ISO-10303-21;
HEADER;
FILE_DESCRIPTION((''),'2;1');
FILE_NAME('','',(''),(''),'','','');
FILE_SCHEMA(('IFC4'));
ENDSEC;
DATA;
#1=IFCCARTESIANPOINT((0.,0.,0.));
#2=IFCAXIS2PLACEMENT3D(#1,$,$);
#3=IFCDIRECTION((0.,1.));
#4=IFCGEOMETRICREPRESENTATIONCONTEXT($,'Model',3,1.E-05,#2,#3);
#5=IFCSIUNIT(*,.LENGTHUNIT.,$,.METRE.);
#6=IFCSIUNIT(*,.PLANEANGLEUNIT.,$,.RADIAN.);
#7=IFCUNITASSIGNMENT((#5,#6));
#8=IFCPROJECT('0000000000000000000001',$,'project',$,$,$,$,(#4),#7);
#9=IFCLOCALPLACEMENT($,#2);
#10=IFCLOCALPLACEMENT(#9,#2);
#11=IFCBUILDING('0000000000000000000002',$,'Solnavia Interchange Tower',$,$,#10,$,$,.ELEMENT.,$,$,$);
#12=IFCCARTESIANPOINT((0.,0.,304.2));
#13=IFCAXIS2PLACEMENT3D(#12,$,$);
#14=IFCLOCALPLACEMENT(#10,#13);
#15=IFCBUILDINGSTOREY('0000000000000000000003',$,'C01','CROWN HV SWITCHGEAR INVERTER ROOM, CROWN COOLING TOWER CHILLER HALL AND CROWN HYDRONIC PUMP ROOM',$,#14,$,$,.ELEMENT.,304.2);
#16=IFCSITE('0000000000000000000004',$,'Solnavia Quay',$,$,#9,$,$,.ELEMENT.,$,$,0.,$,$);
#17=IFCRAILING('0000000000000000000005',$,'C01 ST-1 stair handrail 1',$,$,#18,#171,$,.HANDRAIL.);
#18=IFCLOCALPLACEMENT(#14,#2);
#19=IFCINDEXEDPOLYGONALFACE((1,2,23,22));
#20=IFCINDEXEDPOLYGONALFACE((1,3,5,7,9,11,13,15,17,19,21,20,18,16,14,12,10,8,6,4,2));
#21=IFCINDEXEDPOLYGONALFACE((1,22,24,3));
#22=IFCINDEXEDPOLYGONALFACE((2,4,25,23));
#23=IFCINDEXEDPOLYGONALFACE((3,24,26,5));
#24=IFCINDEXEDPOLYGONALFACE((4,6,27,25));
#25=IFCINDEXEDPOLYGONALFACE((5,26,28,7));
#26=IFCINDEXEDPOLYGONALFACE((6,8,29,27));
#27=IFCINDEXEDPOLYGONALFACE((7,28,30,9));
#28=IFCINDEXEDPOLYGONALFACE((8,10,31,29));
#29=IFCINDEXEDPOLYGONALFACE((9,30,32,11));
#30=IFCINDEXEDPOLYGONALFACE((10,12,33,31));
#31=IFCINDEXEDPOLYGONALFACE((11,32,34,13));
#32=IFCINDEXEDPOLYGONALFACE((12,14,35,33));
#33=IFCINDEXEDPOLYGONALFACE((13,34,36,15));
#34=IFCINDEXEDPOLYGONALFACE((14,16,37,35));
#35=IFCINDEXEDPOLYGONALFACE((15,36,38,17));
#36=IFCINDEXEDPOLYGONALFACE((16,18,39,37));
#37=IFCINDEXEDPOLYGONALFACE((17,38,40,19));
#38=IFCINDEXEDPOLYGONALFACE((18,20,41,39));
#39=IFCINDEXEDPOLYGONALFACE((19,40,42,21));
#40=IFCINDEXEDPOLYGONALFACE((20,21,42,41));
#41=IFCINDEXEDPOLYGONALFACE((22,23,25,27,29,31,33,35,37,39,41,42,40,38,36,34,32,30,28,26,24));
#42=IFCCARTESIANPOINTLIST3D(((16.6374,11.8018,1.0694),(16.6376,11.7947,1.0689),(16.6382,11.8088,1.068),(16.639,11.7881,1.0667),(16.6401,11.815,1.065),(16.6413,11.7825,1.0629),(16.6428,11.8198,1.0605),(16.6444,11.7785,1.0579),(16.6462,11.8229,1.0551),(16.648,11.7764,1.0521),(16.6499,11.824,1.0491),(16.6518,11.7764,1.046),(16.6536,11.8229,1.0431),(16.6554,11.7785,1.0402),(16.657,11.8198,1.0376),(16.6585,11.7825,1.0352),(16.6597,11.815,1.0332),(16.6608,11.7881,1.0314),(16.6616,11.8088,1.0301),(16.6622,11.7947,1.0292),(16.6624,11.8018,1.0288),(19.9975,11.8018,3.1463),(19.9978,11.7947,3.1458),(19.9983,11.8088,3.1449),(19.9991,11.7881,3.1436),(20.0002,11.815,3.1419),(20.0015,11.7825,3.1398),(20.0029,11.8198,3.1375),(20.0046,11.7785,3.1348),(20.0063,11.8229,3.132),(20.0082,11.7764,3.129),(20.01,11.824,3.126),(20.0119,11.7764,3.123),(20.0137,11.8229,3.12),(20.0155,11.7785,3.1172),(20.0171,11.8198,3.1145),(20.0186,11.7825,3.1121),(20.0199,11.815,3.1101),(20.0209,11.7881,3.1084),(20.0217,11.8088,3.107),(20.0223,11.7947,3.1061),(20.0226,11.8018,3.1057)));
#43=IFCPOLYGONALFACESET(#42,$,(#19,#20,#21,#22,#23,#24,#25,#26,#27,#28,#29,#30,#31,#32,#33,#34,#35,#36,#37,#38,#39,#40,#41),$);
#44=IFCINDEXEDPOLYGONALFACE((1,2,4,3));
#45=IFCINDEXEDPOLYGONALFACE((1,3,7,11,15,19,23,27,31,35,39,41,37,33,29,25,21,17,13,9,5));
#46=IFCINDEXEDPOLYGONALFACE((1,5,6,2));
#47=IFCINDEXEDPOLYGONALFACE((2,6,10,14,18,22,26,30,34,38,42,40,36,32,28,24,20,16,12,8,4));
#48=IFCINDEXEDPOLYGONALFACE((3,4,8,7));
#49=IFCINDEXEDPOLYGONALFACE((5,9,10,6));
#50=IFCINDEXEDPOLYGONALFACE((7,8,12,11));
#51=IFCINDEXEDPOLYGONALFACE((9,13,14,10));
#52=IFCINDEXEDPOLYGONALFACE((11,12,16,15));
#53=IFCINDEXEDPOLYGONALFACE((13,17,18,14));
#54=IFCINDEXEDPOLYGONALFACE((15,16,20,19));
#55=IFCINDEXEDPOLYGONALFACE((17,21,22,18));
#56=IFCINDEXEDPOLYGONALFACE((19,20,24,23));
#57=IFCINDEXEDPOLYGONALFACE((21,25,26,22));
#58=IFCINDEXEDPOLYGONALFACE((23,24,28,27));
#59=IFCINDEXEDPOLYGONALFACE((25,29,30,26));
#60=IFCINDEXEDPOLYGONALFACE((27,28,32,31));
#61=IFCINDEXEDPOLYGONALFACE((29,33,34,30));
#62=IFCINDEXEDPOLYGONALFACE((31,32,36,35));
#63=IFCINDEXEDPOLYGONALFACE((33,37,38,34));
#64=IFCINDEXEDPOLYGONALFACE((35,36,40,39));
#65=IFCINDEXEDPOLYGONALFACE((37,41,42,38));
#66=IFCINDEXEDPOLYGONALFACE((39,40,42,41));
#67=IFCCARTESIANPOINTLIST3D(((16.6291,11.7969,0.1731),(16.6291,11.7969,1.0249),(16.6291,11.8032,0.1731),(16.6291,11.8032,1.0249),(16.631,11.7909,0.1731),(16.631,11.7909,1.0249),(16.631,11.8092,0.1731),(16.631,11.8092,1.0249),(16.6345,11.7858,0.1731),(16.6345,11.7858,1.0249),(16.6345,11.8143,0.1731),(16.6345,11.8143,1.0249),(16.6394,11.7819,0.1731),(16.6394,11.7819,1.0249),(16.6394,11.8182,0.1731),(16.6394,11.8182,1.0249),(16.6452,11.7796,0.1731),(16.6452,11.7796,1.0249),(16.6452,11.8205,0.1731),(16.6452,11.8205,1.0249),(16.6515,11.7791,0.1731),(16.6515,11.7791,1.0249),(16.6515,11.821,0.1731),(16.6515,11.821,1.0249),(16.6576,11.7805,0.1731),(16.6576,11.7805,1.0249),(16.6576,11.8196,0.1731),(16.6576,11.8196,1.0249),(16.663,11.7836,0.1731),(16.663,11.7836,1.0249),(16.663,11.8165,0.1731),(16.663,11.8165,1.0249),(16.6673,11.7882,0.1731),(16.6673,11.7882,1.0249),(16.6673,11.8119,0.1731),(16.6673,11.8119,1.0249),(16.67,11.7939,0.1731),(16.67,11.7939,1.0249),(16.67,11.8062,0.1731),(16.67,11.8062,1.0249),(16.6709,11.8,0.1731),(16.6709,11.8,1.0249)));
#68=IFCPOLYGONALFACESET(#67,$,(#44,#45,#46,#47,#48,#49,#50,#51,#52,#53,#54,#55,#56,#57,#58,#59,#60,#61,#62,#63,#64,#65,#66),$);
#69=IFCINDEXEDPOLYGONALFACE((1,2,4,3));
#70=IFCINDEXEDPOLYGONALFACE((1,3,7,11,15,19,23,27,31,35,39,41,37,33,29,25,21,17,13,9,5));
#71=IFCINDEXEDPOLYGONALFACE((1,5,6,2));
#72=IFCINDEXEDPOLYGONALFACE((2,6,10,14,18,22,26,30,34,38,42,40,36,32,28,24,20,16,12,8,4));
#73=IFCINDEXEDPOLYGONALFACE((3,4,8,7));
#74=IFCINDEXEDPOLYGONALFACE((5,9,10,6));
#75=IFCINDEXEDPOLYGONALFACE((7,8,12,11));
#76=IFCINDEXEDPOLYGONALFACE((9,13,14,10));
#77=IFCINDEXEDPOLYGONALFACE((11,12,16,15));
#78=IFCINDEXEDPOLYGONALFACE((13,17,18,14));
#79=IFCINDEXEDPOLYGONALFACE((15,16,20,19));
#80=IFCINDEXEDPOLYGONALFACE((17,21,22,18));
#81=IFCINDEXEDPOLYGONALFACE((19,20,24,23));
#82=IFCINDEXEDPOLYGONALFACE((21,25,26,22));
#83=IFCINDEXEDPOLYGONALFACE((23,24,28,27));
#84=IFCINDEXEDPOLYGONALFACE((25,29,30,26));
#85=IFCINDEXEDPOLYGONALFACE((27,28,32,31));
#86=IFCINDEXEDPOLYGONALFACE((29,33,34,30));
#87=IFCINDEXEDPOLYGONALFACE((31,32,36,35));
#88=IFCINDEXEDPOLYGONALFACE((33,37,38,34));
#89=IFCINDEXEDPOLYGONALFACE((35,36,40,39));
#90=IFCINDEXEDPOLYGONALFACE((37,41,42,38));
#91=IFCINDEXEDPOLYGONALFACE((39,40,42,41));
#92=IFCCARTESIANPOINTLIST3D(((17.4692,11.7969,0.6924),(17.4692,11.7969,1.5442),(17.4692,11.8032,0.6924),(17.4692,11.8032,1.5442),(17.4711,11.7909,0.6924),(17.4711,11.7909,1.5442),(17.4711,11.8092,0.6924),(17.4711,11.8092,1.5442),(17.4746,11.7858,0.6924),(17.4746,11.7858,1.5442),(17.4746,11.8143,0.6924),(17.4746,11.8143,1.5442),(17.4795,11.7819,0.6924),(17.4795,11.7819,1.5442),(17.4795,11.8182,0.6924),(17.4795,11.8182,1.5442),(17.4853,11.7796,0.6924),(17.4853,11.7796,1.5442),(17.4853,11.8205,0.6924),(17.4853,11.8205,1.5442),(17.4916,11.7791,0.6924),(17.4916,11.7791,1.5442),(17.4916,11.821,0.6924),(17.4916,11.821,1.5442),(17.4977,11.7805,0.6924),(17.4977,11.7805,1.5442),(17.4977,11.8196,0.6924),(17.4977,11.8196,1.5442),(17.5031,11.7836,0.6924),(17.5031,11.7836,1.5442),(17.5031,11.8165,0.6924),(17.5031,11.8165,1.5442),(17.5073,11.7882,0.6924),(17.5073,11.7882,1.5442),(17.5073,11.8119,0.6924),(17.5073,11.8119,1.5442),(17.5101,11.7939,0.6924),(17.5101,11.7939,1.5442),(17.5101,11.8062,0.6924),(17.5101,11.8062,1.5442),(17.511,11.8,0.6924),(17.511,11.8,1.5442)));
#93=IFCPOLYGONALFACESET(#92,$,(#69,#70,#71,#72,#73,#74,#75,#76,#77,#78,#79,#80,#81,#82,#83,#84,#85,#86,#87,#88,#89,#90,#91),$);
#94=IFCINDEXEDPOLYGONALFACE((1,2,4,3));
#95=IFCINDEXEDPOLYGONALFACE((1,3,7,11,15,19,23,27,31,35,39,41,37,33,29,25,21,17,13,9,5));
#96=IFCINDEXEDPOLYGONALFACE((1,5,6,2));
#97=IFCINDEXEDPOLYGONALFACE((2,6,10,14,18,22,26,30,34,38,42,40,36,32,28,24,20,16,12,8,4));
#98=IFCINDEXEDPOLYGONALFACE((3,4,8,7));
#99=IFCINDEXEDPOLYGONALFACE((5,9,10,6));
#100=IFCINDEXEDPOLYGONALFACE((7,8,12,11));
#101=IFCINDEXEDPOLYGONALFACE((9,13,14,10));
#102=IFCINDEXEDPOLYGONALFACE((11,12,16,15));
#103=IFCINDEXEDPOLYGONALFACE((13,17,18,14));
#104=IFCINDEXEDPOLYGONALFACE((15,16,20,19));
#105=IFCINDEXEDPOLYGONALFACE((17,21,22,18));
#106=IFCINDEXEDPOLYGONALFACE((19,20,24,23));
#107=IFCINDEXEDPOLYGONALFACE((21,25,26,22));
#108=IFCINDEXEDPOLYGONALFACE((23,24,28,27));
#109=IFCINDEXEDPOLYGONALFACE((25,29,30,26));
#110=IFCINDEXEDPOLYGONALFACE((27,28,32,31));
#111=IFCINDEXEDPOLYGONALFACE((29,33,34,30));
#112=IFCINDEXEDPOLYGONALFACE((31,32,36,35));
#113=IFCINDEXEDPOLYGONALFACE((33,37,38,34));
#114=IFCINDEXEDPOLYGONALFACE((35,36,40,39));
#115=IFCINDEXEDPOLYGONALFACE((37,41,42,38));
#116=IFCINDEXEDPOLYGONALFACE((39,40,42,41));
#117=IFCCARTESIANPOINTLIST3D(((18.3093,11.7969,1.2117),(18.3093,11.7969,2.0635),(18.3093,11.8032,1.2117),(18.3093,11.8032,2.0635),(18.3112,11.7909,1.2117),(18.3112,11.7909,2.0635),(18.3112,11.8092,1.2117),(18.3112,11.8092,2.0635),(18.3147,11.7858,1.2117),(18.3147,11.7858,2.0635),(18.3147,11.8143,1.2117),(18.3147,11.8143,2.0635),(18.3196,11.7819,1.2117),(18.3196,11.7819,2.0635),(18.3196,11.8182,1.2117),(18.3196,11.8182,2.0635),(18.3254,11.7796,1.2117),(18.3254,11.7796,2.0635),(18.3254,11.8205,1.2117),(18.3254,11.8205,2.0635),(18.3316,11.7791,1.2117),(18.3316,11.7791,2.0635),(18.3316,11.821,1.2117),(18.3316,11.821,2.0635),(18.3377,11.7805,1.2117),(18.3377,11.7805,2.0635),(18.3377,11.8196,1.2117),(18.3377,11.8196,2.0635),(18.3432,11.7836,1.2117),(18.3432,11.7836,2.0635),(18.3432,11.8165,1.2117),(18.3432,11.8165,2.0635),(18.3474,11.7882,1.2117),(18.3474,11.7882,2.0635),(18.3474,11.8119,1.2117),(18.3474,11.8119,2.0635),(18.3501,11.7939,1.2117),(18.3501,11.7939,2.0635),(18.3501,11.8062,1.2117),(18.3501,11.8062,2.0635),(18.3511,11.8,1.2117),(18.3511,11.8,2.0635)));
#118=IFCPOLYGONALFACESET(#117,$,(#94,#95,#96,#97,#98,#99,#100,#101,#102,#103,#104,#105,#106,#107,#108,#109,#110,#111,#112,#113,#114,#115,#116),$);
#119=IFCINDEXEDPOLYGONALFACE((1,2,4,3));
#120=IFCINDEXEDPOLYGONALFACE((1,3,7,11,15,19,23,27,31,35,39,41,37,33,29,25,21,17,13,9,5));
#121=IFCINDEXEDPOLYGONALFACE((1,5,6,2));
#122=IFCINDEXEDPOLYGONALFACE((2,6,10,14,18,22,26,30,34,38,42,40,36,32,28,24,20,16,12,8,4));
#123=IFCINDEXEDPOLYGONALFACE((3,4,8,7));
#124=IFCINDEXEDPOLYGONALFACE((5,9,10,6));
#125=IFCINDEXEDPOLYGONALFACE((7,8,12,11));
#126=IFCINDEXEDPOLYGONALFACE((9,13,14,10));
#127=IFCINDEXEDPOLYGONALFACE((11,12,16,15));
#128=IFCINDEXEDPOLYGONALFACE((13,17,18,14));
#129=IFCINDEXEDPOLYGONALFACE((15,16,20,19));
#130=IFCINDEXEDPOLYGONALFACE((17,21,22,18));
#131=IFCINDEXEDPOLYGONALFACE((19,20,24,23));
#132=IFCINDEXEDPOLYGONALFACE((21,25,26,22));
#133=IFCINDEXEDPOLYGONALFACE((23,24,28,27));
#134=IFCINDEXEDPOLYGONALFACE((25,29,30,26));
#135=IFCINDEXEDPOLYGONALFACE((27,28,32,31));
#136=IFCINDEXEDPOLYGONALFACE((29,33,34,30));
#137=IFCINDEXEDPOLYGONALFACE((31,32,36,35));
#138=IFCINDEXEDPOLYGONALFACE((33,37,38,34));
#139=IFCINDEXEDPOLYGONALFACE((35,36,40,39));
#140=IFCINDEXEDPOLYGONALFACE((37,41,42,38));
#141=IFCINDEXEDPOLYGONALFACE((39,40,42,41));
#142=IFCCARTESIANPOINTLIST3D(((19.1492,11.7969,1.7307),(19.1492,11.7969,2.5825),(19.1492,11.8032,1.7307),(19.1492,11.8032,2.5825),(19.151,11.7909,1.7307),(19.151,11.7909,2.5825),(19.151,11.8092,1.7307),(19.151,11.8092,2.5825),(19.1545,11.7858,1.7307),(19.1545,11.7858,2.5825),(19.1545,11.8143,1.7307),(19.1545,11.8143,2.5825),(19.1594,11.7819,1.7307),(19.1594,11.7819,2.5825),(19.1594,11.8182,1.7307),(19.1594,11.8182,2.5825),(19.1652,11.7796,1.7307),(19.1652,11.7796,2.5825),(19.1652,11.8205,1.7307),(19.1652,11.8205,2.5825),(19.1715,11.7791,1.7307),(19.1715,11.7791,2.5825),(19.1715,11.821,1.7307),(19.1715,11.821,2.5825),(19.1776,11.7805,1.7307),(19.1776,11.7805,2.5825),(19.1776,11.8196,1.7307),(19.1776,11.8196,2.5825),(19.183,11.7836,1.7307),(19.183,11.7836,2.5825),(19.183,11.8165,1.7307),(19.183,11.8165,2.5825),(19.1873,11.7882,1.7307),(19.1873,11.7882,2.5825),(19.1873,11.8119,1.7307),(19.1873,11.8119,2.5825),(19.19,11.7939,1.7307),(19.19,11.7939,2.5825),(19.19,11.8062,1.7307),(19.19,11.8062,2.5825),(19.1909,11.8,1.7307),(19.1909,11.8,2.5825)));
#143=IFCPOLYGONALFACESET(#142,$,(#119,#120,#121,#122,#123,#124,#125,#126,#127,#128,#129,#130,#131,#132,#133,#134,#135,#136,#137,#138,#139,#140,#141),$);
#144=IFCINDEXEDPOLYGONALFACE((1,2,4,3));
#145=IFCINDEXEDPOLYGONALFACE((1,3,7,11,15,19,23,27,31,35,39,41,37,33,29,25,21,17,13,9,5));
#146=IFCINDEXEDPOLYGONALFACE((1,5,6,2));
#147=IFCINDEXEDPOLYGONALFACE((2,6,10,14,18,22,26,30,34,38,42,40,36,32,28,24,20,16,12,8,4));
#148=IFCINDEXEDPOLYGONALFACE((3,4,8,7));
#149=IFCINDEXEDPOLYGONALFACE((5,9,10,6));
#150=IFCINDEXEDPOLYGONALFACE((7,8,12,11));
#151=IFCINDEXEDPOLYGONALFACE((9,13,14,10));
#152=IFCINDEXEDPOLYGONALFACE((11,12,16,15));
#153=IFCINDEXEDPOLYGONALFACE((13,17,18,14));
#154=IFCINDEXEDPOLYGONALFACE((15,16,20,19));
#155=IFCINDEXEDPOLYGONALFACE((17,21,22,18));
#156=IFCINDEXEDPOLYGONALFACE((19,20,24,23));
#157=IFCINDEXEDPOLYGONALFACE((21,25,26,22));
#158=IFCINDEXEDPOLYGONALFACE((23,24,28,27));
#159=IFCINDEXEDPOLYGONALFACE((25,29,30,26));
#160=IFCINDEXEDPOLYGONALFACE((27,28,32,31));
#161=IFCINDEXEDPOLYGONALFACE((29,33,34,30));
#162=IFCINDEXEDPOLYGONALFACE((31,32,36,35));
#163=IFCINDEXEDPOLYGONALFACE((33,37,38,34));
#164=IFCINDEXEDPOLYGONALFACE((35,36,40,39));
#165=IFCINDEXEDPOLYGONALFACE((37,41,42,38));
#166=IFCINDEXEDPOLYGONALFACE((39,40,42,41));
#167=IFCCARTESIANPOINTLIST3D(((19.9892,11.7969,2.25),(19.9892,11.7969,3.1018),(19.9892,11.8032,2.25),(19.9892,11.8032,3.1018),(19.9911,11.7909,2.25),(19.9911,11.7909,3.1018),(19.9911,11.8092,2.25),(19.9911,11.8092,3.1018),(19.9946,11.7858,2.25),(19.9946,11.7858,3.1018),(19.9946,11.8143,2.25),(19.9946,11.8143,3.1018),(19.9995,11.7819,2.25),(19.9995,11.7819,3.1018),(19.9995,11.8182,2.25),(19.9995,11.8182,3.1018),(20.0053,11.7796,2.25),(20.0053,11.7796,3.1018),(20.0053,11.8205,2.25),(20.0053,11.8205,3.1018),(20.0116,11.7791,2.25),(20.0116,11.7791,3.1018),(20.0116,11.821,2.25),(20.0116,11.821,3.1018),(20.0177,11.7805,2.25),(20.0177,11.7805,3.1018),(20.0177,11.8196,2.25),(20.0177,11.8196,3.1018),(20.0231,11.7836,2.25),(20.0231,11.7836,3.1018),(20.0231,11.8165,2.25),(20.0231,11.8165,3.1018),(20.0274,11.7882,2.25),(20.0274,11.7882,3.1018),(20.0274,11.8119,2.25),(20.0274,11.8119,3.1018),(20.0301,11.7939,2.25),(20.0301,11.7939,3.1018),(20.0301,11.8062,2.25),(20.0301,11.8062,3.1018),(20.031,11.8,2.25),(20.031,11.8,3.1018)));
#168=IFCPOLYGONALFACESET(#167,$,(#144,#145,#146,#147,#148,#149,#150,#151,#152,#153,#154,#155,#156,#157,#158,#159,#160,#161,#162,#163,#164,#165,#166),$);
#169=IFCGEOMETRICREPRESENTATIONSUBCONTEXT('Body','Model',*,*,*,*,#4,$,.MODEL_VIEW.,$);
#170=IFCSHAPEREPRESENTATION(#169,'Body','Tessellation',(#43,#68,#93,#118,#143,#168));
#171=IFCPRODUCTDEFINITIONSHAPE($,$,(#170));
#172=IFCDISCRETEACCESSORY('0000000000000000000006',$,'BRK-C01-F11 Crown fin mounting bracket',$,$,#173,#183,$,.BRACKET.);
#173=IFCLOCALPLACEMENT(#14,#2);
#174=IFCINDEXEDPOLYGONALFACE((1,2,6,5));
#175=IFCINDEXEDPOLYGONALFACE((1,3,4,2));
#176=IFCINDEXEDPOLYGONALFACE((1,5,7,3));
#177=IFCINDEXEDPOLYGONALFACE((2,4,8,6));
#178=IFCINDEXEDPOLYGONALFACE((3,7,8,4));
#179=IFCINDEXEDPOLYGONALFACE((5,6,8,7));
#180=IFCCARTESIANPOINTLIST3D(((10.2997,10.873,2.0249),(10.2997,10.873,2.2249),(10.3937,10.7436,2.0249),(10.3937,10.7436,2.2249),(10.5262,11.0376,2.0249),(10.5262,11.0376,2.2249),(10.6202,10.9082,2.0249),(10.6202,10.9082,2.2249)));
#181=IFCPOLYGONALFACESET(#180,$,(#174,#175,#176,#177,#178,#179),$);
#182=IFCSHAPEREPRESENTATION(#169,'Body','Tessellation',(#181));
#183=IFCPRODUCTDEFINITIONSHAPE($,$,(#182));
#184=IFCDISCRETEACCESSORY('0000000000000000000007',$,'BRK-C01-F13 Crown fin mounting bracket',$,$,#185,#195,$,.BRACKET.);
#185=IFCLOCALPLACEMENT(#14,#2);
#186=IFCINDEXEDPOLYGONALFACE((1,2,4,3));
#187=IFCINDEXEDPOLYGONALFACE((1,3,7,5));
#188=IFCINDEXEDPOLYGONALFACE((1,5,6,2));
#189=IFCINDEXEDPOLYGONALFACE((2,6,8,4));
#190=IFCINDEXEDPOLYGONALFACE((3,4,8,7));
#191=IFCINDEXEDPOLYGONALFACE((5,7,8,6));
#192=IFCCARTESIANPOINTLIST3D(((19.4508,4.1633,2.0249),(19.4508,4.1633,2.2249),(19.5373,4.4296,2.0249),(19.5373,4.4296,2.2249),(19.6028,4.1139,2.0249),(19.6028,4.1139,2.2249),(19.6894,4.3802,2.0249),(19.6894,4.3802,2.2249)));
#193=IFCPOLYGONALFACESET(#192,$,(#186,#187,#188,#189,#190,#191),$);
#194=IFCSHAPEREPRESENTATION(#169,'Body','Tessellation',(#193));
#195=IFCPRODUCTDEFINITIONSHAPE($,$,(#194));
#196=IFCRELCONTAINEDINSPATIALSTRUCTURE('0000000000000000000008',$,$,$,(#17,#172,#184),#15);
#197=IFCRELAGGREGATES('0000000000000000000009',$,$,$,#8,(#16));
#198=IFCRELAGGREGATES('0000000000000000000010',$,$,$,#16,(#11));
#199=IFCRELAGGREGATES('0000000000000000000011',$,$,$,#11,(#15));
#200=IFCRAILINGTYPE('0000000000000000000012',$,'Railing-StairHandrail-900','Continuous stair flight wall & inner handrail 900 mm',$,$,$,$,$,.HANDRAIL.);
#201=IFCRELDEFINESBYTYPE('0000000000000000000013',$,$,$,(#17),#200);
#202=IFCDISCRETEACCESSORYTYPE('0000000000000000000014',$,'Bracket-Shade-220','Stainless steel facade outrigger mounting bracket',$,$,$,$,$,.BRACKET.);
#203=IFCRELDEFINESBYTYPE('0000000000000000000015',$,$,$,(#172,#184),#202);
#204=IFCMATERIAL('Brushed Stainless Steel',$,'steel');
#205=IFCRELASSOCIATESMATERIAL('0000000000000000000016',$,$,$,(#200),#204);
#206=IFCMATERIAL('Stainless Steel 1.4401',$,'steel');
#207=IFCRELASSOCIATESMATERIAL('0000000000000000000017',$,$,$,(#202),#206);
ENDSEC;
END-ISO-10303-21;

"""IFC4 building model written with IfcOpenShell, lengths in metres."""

from ifc_helpers import new_model, si_unit, direction, frame, origin, origin_2d, place, context, subcontext, project, spatial, rectangle, circle, extrude, material, type_object, element, save


model = new_model("IFC4")

# Units and contexts
model_context = context("Model", 3, precision=1e-05, world=origin(), true_north=direction((0.0, 1.0)))
body_context = subcontext(model_context, "Body", "Model", "MODEL_VIEW")
ifc_project = project(units=[si_unit("LENGTHUNIT", "METRE"), si_unit("PLANEANGLEUNIT", "RADIAN")], contexts=[model_context])

# Site, building, storey
site_placement = place(None, origin())
site = spatial("IfcSite", under=ifc_project, at=site_placement, Name="Solnavia Quay", CompositionType="ELEMENT", RefElevation=0.0)
building_placement = place(site_placement, origin())
building = spatial("IfcBuilding", under=site, at=building_placement, Name="Solnavia Interchange Tower", CompositionType="ELEMENT")
storey_placement = place(building_placement, frame((0.0, 0.0, 304.2)))
storey = spatial("IfcBuildingStorey", under=building, at=storey_placement, Name="C01", Description="CROWN HV SWITCHGEAR INVERTER ROOM, CROWN COOLING TOWER CHILLER HALL AND CROWN HYDRONIC PUMP ROOM", CompositionType="ELEMENT", Elevation=304.2)

# Railing
ifc_material_1 = material(Name="Brushed Stainless Steel", Category="steel")
railing_type_1 = type_object("IfcRailingType", Name="Railing-StairHandrail-900", Description="Continuous stair flight wall & inner handrail 900 mm", PredefinedType="HANDRAIL", material=ifc_material_1)
railing_1_placement = place(storey_placement, frame((16.6499, 11.8, 0.1731)))
element("IfcRailing", 1, at=railing_1_placement, inside=storey, type_object=railing_type_1, Name="C01 ST-1 stair handrail 1", PredefinedType="HANDRAIL", context=body_context, shape_type="SweptSolid", body=[
    extrude(circle(Radius=0.0239, at=origin_2d()), frame((0.0, 0.0, 0.876), z_axis=(0.850623, 0.0, 0.525776), x_axis=(0.0, 1.0, 0.0)), (0.0, 0.0, 1.0), 3.9502),
    extrude(circle(Radius=0.021, at=origin_2d()), origin(), (0.0, 0.0, 1.0), 0.8518),
    extrude(circle(Radius=0.021, at=origin_2d()), frame((0.8401, 0.0, 0.5193)), (0.0, 0.0, 1.0), 0.8518),
    extrude(circle(Radius=0.021, at=origin_2d()), frame((1.6802, 0.0, 1.0386)), (0.0, 0.0, 1.0), 0.8518),
    extrude(circle(Radius=0.021, at=origin_2d()), frame((2.52, 0.0, 1.5576)), (0.0, 0.0, 1.0), 0.8518),
    extrude(circle(Radius=0.021, at=origin_2d()), frame((3.3601, 0.0, 2.0769)), (0.0, 0.0, 1.0), 0.8518),
])

# Discrete accessories
ifc_material_2 = material(Name="Stainless Steel 1.4401", Category="steel")
discrete_accessory_type = type_object("IfcDiscreteAccessoryType", Name="Bracket-Shade-220", Description="Stainless steel facade outrigger mounting bracket", PredefinedType="BRACKET", material=ifc_material_2)
for number, where, z_axis, x_axis, name in (
    (2, (10.46, 10.8906, 2.0249), (0.0, 0.0, 1.0), (-0.809017, -0.587785, 0.0), "BRK-C01-F11 Crown fin mounting bracket"),
    (3, (19.5701, 4.2717, 2.0249), (0.0, 0.0, 1.0), (-0.309017, -0.951057, 0.0), "BRK-C01-F13 Crown fin mounting bracket"),
):
    element("IfcDiscreteAccessory", number, at=place(storey_placement, frame(where, z_axis=z_axis, x_axis=x_axis)), inside=storey, type_object=discrete_accessory_type, Name=name, PredefinedType="BRACKET", context=body_context, shape_type="SweptSolid", body=[
        extrude(rectangle(XDim=0.28, YDim=0.1599, at=origin_2d()), origin(), (0.0, 0.0, 1.0), 0.2),
    ])

save(model, "model.ifc")
